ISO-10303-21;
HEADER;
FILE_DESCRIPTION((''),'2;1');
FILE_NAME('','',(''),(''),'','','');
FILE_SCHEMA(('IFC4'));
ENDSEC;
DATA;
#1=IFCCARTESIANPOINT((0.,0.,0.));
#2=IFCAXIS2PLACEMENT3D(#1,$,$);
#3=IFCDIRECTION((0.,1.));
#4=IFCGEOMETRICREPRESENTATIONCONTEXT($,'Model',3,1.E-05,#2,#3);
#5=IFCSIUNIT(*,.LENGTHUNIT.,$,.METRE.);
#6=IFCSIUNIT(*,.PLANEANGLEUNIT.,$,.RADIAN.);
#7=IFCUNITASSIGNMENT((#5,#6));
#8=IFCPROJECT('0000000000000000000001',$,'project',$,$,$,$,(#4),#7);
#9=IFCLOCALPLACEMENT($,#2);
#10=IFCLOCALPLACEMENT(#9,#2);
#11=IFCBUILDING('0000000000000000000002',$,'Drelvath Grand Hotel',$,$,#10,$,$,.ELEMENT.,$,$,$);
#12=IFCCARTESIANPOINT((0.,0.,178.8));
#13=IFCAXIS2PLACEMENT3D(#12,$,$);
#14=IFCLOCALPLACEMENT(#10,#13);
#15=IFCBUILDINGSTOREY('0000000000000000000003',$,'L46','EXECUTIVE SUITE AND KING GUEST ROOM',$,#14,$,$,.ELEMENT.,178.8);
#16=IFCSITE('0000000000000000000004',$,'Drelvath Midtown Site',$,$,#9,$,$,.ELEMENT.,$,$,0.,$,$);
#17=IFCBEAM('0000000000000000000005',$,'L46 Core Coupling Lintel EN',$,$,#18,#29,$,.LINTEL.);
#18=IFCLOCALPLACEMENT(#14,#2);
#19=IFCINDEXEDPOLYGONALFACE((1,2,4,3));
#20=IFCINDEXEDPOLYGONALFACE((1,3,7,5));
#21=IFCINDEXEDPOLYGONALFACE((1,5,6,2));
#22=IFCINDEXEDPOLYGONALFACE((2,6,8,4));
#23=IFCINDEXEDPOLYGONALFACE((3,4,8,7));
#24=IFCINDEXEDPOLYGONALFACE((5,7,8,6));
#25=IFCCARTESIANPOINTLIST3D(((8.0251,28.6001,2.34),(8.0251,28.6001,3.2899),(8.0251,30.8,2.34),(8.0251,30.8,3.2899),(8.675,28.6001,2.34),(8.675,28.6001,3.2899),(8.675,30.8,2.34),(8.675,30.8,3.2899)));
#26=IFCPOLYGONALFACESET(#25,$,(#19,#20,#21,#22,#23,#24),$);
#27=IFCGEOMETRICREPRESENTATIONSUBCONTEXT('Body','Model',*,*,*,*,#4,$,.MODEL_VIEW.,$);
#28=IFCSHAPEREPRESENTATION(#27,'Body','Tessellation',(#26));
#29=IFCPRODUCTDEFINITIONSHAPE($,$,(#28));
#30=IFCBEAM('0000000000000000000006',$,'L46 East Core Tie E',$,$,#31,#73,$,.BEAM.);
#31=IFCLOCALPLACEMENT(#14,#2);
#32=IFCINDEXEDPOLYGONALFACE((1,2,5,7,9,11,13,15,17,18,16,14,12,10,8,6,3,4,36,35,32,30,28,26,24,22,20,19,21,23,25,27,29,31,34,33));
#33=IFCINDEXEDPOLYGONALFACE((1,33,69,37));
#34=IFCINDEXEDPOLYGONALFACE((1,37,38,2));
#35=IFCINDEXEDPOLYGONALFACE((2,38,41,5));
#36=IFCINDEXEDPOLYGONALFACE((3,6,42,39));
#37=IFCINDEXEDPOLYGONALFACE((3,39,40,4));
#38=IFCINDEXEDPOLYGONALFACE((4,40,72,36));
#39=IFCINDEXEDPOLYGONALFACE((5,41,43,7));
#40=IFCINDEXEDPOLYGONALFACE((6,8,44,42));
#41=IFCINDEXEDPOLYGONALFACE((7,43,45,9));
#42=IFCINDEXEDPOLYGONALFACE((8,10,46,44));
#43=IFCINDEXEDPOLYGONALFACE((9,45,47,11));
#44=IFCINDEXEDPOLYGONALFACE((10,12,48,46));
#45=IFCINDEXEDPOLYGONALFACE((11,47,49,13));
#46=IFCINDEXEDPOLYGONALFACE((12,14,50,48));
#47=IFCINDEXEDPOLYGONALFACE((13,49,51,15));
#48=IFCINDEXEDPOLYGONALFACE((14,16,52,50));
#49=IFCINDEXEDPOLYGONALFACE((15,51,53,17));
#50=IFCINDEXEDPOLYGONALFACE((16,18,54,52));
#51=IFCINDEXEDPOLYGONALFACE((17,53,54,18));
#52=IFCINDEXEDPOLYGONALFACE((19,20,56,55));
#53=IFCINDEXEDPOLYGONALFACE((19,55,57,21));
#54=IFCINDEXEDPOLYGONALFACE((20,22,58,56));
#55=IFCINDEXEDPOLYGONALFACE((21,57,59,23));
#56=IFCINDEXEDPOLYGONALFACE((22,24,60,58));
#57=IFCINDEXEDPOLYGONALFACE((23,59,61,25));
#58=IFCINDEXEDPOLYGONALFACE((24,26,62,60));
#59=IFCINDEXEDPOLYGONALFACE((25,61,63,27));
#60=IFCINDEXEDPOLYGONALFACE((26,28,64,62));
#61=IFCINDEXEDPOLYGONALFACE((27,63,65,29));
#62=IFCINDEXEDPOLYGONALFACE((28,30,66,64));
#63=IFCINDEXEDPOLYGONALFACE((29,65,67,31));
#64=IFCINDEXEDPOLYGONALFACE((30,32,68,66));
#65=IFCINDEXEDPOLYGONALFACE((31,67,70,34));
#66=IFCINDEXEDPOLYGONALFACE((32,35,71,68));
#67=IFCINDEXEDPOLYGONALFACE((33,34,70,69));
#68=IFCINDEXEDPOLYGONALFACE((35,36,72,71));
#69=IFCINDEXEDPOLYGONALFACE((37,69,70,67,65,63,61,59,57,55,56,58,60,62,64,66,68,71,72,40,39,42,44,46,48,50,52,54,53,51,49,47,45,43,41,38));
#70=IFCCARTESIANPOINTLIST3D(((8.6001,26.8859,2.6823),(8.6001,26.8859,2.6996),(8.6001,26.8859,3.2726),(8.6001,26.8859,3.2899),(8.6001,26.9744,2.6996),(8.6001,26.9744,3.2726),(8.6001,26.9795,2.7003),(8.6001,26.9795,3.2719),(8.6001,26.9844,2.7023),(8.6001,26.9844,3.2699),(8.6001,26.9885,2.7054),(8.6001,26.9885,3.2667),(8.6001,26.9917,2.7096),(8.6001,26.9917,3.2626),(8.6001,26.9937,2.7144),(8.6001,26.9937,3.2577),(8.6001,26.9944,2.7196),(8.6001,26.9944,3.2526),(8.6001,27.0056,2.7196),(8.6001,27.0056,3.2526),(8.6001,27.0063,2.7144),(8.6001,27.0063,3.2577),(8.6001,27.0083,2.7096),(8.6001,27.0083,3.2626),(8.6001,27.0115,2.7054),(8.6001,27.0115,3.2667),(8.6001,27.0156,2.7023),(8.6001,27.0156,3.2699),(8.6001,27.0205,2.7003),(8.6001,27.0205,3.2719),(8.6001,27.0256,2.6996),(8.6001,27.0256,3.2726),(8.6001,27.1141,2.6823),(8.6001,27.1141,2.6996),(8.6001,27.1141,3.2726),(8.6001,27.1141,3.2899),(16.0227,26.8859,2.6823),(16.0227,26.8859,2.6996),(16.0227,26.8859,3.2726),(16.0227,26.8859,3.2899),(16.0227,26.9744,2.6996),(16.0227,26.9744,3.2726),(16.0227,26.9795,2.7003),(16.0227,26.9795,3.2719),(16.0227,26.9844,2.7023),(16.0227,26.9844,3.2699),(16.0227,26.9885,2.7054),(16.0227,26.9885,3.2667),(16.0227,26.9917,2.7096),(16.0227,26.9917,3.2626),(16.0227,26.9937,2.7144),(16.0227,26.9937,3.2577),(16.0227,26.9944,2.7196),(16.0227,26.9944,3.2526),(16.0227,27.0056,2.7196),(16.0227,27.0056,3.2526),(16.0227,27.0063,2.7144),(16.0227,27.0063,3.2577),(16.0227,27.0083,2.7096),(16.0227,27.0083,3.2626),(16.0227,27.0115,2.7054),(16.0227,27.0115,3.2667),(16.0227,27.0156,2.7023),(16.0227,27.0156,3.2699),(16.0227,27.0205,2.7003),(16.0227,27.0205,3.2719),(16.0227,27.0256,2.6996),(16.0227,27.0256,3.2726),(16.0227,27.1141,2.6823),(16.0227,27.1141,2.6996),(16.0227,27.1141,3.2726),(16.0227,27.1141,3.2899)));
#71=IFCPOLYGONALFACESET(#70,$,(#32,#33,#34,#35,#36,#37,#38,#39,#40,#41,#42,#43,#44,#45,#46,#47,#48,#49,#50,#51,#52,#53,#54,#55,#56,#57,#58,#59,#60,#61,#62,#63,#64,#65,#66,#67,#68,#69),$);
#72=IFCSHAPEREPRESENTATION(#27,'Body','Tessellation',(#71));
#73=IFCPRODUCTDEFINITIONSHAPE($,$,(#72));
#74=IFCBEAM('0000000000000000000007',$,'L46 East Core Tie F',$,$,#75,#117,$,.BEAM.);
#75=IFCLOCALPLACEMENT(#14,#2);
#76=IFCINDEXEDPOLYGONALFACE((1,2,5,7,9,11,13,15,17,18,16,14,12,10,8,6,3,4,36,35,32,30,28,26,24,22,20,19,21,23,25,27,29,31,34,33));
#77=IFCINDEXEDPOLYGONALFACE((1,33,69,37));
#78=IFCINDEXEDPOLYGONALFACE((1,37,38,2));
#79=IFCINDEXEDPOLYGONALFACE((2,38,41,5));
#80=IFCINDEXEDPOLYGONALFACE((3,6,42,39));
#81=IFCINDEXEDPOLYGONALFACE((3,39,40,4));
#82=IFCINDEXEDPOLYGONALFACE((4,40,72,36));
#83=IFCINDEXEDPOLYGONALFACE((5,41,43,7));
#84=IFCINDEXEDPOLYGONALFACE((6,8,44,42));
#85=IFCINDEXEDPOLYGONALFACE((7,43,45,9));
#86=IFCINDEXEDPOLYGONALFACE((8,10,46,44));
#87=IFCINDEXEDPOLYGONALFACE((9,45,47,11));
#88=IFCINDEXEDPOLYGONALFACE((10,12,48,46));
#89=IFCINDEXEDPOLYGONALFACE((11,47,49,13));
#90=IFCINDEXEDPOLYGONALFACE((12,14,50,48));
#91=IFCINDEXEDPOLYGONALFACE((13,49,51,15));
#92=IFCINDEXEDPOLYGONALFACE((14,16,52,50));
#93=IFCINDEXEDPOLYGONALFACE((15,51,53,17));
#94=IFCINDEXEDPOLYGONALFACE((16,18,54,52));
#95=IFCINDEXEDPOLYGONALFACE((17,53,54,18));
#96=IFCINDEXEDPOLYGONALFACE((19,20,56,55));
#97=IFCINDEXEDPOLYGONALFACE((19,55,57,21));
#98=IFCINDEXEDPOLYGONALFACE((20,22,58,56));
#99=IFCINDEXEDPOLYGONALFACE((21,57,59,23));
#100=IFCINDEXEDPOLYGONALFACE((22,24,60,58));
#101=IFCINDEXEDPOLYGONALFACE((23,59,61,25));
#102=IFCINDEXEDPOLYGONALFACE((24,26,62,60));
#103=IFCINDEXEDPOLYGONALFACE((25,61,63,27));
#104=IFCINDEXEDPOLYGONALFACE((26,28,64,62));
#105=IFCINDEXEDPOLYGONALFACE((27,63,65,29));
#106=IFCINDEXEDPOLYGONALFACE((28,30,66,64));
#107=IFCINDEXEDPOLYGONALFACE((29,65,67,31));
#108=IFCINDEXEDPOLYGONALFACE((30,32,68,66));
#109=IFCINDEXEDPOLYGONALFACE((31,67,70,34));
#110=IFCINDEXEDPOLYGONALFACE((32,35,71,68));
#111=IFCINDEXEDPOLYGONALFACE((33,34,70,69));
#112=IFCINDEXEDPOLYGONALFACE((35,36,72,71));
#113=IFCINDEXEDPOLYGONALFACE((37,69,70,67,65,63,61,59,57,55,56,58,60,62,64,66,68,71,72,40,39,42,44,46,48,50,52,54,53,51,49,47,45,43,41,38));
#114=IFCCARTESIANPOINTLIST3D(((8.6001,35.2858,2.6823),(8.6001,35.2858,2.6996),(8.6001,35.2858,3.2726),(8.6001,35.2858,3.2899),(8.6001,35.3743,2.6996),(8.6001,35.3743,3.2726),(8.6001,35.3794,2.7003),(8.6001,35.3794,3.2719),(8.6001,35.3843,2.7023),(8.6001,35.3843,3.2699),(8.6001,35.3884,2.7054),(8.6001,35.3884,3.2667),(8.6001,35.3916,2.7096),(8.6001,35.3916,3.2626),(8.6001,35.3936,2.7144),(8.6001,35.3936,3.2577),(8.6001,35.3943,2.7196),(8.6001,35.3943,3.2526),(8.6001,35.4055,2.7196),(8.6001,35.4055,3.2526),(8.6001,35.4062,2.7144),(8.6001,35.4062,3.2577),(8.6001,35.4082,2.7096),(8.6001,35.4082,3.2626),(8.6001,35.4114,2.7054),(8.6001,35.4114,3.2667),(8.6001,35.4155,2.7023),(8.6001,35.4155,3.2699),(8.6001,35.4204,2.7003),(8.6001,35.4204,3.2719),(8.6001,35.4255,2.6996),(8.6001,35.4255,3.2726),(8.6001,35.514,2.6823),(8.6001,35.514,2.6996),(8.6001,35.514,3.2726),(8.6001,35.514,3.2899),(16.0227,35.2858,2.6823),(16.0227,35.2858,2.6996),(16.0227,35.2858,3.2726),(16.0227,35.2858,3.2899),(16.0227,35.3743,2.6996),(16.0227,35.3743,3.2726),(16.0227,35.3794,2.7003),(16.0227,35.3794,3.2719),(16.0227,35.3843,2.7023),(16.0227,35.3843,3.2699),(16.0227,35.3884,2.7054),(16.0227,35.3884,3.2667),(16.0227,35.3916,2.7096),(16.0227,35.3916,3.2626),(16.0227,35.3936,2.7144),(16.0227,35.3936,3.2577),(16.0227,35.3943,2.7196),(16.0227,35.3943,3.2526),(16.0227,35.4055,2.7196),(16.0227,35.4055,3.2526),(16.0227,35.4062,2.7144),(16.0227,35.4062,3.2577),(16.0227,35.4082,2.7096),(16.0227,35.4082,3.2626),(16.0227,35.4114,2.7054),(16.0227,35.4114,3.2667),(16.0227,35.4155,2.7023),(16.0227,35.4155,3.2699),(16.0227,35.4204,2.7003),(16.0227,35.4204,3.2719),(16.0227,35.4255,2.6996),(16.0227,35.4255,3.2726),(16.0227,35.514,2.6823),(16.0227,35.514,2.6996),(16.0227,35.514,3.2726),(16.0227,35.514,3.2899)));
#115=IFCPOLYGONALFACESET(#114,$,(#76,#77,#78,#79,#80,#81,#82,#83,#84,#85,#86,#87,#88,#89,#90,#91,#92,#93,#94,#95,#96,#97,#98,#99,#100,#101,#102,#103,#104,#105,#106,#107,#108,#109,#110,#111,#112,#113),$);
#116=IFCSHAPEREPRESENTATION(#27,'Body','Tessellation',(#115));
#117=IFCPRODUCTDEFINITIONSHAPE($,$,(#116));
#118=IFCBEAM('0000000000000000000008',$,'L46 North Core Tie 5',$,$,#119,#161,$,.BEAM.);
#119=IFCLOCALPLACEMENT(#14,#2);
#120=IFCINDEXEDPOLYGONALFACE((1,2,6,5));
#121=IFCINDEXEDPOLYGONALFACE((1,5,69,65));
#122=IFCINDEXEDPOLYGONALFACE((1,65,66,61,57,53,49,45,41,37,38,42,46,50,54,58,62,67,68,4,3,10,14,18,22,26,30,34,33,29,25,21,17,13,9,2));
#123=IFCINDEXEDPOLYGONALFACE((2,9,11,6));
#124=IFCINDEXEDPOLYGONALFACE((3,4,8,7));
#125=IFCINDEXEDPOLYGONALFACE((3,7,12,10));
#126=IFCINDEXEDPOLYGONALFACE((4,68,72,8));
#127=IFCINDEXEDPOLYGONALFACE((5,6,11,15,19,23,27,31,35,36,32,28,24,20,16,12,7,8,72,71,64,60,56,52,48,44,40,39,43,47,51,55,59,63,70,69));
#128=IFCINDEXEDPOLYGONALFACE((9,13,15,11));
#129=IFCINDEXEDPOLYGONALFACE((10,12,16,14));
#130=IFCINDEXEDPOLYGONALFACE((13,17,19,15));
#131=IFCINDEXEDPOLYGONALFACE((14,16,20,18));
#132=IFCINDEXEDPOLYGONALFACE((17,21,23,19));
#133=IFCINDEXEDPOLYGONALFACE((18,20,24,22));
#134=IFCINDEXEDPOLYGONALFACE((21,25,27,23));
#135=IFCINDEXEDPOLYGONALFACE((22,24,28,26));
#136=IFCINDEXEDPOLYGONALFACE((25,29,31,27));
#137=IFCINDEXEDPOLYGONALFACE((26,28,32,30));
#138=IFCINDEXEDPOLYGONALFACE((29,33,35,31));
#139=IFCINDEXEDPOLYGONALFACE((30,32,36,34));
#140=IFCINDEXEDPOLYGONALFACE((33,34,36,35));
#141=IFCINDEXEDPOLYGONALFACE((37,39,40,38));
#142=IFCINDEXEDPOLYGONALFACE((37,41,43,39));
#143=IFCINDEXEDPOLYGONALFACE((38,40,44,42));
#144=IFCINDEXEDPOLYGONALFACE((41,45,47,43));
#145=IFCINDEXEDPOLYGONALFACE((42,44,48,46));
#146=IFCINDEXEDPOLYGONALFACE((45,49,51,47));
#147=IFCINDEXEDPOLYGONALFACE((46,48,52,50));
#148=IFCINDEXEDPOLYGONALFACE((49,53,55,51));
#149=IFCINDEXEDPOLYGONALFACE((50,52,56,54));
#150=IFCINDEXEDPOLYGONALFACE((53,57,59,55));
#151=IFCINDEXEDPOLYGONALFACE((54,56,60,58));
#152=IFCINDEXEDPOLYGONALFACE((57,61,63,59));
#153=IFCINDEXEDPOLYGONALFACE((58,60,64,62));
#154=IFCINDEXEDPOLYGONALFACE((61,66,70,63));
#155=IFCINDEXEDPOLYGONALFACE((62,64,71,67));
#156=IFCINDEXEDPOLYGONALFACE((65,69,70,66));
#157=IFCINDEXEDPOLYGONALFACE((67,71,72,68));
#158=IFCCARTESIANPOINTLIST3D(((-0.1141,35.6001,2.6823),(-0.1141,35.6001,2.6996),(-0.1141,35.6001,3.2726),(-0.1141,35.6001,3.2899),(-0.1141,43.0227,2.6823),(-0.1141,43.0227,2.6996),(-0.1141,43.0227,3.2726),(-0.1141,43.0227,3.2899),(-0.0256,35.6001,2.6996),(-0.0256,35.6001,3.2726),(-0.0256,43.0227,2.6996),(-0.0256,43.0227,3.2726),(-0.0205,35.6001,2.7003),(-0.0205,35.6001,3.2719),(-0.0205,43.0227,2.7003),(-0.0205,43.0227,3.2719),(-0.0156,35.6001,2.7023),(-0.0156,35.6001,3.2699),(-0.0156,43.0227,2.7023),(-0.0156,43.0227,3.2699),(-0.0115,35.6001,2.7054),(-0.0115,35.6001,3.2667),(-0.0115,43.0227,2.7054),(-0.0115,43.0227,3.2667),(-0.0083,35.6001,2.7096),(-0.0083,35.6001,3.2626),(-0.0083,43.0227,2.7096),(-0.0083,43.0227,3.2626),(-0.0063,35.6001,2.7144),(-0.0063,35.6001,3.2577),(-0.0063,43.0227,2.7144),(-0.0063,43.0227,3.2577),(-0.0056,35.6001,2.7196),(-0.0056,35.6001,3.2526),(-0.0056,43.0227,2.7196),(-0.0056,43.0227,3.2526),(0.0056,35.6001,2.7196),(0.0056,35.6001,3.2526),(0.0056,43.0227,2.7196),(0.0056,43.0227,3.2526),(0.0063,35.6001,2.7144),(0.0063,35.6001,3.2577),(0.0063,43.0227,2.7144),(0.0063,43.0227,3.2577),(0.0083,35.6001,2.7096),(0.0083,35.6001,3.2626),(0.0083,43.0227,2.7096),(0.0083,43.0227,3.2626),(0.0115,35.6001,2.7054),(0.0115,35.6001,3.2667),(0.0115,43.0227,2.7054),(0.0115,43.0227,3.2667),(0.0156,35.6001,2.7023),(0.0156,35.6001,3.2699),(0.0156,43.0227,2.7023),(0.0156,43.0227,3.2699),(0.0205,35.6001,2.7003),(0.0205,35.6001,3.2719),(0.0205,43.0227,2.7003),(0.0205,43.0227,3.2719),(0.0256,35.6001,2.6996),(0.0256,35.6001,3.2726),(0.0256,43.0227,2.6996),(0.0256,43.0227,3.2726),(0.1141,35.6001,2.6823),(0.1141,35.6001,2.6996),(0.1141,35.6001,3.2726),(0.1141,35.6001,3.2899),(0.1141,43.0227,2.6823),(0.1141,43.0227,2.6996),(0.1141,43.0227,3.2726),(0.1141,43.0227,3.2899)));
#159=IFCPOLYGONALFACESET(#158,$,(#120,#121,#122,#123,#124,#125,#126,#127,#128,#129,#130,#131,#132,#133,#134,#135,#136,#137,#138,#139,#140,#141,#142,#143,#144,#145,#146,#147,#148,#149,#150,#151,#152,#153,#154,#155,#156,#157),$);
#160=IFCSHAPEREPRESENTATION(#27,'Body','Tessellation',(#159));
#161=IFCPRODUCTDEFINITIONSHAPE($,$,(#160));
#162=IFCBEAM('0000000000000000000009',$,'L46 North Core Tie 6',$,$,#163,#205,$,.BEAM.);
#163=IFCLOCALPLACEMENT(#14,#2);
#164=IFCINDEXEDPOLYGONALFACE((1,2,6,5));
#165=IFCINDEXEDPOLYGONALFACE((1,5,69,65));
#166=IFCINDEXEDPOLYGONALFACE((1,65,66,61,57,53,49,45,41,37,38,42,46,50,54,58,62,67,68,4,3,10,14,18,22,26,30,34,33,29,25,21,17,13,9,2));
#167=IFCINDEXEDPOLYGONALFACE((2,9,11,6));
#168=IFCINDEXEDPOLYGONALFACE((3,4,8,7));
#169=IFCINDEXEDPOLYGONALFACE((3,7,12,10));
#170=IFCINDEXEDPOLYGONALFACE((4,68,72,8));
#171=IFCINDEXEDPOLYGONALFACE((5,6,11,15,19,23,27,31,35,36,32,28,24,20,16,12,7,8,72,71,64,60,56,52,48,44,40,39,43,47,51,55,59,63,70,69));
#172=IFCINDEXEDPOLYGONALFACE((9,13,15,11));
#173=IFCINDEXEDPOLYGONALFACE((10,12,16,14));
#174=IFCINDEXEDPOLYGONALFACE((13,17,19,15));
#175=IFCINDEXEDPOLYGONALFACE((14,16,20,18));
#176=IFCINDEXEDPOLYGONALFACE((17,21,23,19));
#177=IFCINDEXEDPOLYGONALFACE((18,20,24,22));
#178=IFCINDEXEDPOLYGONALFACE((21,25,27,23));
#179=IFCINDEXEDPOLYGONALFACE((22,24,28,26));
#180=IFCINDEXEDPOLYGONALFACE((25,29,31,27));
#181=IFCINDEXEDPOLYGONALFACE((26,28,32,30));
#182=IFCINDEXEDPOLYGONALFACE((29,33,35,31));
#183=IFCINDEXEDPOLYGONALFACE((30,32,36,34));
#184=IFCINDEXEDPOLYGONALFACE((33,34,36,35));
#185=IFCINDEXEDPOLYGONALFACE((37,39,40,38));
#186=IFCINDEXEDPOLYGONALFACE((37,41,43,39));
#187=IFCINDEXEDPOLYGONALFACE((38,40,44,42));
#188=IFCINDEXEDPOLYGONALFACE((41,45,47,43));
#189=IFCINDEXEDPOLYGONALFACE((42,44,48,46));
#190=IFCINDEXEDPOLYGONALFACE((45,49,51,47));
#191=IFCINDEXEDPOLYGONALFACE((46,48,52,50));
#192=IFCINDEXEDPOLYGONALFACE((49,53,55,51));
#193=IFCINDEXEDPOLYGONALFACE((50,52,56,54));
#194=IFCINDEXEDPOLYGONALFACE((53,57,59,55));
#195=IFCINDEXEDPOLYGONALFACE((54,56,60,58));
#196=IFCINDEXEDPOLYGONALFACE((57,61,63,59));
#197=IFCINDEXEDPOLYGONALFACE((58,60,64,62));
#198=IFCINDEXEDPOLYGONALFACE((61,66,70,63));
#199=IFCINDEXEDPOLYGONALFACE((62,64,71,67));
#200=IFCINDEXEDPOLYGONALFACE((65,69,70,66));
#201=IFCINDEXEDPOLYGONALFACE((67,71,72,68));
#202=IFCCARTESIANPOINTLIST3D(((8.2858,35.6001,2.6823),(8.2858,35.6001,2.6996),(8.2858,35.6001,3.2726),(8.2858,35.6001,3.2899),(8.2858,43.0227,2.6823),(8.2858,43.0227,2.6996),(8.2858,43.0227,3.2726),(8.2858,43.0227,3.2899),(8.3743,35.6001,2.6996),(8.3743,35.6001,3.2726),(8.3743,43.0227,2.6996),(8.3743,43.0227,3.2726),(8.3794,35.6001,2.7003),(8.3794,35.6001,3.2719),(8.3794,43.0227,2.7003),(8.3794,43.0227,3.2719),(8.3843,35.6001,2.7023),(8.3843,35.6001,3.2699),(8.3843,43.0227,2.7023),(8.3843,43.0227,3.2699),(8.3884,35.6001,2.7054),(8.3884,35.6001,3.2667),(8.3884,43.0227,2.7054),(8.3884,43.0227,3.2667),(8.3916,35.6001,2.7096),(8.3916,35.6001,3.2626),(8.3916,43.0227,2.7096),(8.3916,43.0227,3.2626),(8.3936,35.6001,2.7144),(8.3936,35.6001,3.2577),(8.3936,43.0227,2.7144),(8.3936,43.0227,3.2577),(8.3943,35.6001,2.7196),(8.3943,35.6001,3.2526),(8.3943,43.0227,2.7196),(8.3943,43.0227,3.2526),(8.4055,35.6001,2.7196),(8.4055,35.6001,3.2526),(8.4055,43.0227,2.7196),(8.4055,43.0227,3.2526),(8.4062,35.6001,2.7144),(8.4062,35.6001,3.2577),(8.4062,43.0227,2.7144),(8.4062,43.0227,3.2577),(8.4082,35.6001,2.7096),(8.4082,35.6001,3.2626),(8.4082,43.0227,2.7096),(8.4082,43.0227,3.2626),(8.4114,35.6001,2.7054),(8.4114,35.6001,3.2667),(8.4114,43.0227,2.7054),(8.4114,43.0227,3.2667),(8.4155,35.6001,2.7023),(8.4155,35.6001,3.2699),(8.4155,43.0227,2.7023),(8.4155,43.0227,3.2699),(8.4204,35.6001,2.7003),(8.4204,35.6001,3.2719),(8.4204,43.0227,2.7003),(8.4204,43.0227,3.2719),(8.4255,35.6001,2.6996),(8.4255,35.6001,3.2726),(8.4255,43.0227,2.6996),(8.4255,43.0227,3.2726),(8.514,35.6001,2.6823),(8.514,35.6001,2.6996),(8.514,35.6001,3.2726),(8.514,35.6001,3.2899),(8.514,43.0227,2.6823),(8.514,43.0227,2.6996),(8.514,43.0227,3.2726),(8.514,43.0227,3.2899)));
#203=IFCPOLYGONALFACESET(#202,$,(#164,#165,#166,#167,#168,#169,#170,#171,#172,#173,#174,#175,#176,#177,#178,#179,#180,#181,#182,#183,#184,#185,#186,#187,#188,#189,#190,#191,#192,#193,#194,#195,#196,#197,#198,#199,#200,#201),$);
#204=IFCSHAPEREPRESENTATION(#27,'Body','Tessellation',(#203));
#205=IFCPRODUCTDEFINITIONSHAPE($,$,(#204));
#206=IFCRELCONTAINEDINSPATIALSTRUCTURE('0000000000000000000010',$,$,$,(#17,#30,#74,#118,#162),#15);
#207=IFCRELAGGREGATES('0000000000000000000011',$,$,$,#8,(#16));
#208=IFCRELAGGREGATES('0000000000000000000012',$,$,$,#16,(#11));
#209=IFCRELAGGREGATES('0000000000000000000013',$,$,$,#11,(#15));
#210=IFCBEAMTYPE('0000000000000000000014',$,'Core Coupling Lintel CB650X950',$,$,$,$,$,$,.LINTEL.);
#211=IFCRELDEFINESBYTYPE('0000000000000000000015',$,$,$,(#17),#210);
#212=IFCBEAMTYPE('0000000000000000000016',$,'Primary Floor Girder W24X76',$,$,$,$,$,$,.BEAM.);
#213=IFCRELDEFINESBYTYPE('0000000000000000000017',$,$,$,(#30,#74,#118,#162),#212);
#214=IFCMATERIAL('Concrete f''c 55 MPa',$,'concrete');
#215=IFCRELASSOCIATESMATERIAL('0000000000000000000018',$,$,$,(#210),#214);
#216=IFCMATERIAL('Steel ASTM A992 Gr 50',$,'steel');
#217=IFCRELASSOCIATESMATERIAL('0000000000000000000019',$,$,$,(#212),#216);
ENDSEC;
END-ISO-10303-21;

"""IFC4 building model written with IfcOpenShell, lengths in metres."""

from ifc_helpers import new_model, si_unit, direction, frame, origin, origin_2d, place, context, subcontext, project, spatial, rectangle, i_section, extrude, material, material_profile, profile_set, type_object, element, save


model = new_model("IFC4")

# Units and contexts
model_context = context("Model", 3, precision=1e-05, world=origin(), true_north=direction((0.0, 1.0)))
body_context = subcontext(model_context, "Body", "Model", "MODEL_VIEW")
ifc_project = project(units=[si_unit("LENGTHUNIT", "METRE"), si_unit("PLANEANGLEUNIT", "RADIAN")], contexts=[model_context])

# Site, building, storey
site_placement = place(None, origin())
site = spatial("IfcSite", under=ifc_project, at=site_placement, Name="Drelvath Midtown Site", CompositionType="ELEMENT", RefElevation=0.0)
building_placement = place(site_placement, origin())
building = spatial("IfcBuilding", under=site, at=building_placement, Name="Drelvath Grand Hotel", CompositionType="ELEMENT")
storey_placement = place(building_placement, frame((0.0, 0.0, 178.8)))
storey = spatial("IfcBuildingStorey", under=building, at=storey_placement, Name="L46", Description="EXECUTIVE SUITE AND KING GUEST ROOM", CompositionType="ELEMENT", Elevation=178.8)

# Beams
ifc_material_1 = material(Name="Concrete f'c 55 MPa", Category="concrete")
ifc_material_profile_1 = material_profile(ifc_material_1, rectangle(XDim=0.6499, YDim=0.95, at=origin_2d()), Name="CB650X950")
ifc_profile_set_1 = profile_set([ifc_material_profile_1], Name="Concrete f'c 55 MPa")
beam_type_1 = type_object("IfcBeamType", Name="Core Coupling Lintel CB650X950", PredefinedType="LINTEL", material=ifc_profile_set_1)
beam_placement = place(storey_placement, frame((8.3501, 28.6001, 2.8149), z_axis=(0.0, 1.0, 0.0), x_axis=(-1.0, 0.0, 0.0)))
element("IfcBeam", 1, at=beam_placement, inside=storey, type_object=beam_type_1, Name="L46 Core Coupling Lintel EN", PredefinedType="LINTEL", context=body_context, shape_type="SweptSolid", body=[
    extrude(rectangle(XDim=0.6499, YDim=0.95, at=origin_2d()), origin(), (0.0, 0.0, 1.0), 2.2),
])
ifc_material_2 = material(Name="Steel ASTM A992 Gr 50", Category="steel")
ifc_material_profile_2 = material_profile(ifc_material_2, i_section(OverallWidth=0.2283, OverallDepth=0.6077, WebThickness=0.0112, FlangeThickness=0.0173, FilletRadius=0.02, at=origin_2d()), Name="W24X76")
ifc_profile_set_2 = profile_set([ifc_material_profile_2], Name="Steel ASTM A992 Gr 50")
beam_type_2 = type_object("IfcBeamType", Name="Primary Floor Girder W24X76", PredefinedType="BEAM", material=ifc_profile_set_2)
for number, where, z_axis, x_axis, name in (
    (2, (8.6001, 27.0, 2.9861), (1.0, 0.0, 0.0), (0.0, 1.0, 0.0), "L46 East Core Tie E"),
    (3, (8.6001, 35.3999, 2.9861), (1.0, 0.0, 0.0), (0.0, 1.0, 0.0), "L46 East Core Tie F"),
    (4, (0.0, 35.6001, 2.9861), (0.0, 1.0, 0.0), (-1.0, 0.0, 0.0), "L46 North Core Tie 5"),
    (5, (8.3999, 35.6001, 2.9861), (0.0, 1.0, 0.0), (-1.0, 0.0, 0.0), "L46 North Core Tie 6"),
):
    element("IfcBeam", number, at=place(storey_placement, frame(where, z_axis=z_axis, x_axis=x_axis)), inside=storey, type_object=beam_type_2, Name=name, PredefinedType="BEAM", context=body_context, shape_type="SweptSolid", body=[
        extrude(i_section(OverallWidth=0.2283, OverallDepth=0.6077, WebThickness=0.0112, FlangeThickness=0.0173, FilletRadius=0.02, at=origin_2d()), origin(), (0.0, 0.0, 1.0), 7.4226),
    ])

save(model, "model.ifc")
